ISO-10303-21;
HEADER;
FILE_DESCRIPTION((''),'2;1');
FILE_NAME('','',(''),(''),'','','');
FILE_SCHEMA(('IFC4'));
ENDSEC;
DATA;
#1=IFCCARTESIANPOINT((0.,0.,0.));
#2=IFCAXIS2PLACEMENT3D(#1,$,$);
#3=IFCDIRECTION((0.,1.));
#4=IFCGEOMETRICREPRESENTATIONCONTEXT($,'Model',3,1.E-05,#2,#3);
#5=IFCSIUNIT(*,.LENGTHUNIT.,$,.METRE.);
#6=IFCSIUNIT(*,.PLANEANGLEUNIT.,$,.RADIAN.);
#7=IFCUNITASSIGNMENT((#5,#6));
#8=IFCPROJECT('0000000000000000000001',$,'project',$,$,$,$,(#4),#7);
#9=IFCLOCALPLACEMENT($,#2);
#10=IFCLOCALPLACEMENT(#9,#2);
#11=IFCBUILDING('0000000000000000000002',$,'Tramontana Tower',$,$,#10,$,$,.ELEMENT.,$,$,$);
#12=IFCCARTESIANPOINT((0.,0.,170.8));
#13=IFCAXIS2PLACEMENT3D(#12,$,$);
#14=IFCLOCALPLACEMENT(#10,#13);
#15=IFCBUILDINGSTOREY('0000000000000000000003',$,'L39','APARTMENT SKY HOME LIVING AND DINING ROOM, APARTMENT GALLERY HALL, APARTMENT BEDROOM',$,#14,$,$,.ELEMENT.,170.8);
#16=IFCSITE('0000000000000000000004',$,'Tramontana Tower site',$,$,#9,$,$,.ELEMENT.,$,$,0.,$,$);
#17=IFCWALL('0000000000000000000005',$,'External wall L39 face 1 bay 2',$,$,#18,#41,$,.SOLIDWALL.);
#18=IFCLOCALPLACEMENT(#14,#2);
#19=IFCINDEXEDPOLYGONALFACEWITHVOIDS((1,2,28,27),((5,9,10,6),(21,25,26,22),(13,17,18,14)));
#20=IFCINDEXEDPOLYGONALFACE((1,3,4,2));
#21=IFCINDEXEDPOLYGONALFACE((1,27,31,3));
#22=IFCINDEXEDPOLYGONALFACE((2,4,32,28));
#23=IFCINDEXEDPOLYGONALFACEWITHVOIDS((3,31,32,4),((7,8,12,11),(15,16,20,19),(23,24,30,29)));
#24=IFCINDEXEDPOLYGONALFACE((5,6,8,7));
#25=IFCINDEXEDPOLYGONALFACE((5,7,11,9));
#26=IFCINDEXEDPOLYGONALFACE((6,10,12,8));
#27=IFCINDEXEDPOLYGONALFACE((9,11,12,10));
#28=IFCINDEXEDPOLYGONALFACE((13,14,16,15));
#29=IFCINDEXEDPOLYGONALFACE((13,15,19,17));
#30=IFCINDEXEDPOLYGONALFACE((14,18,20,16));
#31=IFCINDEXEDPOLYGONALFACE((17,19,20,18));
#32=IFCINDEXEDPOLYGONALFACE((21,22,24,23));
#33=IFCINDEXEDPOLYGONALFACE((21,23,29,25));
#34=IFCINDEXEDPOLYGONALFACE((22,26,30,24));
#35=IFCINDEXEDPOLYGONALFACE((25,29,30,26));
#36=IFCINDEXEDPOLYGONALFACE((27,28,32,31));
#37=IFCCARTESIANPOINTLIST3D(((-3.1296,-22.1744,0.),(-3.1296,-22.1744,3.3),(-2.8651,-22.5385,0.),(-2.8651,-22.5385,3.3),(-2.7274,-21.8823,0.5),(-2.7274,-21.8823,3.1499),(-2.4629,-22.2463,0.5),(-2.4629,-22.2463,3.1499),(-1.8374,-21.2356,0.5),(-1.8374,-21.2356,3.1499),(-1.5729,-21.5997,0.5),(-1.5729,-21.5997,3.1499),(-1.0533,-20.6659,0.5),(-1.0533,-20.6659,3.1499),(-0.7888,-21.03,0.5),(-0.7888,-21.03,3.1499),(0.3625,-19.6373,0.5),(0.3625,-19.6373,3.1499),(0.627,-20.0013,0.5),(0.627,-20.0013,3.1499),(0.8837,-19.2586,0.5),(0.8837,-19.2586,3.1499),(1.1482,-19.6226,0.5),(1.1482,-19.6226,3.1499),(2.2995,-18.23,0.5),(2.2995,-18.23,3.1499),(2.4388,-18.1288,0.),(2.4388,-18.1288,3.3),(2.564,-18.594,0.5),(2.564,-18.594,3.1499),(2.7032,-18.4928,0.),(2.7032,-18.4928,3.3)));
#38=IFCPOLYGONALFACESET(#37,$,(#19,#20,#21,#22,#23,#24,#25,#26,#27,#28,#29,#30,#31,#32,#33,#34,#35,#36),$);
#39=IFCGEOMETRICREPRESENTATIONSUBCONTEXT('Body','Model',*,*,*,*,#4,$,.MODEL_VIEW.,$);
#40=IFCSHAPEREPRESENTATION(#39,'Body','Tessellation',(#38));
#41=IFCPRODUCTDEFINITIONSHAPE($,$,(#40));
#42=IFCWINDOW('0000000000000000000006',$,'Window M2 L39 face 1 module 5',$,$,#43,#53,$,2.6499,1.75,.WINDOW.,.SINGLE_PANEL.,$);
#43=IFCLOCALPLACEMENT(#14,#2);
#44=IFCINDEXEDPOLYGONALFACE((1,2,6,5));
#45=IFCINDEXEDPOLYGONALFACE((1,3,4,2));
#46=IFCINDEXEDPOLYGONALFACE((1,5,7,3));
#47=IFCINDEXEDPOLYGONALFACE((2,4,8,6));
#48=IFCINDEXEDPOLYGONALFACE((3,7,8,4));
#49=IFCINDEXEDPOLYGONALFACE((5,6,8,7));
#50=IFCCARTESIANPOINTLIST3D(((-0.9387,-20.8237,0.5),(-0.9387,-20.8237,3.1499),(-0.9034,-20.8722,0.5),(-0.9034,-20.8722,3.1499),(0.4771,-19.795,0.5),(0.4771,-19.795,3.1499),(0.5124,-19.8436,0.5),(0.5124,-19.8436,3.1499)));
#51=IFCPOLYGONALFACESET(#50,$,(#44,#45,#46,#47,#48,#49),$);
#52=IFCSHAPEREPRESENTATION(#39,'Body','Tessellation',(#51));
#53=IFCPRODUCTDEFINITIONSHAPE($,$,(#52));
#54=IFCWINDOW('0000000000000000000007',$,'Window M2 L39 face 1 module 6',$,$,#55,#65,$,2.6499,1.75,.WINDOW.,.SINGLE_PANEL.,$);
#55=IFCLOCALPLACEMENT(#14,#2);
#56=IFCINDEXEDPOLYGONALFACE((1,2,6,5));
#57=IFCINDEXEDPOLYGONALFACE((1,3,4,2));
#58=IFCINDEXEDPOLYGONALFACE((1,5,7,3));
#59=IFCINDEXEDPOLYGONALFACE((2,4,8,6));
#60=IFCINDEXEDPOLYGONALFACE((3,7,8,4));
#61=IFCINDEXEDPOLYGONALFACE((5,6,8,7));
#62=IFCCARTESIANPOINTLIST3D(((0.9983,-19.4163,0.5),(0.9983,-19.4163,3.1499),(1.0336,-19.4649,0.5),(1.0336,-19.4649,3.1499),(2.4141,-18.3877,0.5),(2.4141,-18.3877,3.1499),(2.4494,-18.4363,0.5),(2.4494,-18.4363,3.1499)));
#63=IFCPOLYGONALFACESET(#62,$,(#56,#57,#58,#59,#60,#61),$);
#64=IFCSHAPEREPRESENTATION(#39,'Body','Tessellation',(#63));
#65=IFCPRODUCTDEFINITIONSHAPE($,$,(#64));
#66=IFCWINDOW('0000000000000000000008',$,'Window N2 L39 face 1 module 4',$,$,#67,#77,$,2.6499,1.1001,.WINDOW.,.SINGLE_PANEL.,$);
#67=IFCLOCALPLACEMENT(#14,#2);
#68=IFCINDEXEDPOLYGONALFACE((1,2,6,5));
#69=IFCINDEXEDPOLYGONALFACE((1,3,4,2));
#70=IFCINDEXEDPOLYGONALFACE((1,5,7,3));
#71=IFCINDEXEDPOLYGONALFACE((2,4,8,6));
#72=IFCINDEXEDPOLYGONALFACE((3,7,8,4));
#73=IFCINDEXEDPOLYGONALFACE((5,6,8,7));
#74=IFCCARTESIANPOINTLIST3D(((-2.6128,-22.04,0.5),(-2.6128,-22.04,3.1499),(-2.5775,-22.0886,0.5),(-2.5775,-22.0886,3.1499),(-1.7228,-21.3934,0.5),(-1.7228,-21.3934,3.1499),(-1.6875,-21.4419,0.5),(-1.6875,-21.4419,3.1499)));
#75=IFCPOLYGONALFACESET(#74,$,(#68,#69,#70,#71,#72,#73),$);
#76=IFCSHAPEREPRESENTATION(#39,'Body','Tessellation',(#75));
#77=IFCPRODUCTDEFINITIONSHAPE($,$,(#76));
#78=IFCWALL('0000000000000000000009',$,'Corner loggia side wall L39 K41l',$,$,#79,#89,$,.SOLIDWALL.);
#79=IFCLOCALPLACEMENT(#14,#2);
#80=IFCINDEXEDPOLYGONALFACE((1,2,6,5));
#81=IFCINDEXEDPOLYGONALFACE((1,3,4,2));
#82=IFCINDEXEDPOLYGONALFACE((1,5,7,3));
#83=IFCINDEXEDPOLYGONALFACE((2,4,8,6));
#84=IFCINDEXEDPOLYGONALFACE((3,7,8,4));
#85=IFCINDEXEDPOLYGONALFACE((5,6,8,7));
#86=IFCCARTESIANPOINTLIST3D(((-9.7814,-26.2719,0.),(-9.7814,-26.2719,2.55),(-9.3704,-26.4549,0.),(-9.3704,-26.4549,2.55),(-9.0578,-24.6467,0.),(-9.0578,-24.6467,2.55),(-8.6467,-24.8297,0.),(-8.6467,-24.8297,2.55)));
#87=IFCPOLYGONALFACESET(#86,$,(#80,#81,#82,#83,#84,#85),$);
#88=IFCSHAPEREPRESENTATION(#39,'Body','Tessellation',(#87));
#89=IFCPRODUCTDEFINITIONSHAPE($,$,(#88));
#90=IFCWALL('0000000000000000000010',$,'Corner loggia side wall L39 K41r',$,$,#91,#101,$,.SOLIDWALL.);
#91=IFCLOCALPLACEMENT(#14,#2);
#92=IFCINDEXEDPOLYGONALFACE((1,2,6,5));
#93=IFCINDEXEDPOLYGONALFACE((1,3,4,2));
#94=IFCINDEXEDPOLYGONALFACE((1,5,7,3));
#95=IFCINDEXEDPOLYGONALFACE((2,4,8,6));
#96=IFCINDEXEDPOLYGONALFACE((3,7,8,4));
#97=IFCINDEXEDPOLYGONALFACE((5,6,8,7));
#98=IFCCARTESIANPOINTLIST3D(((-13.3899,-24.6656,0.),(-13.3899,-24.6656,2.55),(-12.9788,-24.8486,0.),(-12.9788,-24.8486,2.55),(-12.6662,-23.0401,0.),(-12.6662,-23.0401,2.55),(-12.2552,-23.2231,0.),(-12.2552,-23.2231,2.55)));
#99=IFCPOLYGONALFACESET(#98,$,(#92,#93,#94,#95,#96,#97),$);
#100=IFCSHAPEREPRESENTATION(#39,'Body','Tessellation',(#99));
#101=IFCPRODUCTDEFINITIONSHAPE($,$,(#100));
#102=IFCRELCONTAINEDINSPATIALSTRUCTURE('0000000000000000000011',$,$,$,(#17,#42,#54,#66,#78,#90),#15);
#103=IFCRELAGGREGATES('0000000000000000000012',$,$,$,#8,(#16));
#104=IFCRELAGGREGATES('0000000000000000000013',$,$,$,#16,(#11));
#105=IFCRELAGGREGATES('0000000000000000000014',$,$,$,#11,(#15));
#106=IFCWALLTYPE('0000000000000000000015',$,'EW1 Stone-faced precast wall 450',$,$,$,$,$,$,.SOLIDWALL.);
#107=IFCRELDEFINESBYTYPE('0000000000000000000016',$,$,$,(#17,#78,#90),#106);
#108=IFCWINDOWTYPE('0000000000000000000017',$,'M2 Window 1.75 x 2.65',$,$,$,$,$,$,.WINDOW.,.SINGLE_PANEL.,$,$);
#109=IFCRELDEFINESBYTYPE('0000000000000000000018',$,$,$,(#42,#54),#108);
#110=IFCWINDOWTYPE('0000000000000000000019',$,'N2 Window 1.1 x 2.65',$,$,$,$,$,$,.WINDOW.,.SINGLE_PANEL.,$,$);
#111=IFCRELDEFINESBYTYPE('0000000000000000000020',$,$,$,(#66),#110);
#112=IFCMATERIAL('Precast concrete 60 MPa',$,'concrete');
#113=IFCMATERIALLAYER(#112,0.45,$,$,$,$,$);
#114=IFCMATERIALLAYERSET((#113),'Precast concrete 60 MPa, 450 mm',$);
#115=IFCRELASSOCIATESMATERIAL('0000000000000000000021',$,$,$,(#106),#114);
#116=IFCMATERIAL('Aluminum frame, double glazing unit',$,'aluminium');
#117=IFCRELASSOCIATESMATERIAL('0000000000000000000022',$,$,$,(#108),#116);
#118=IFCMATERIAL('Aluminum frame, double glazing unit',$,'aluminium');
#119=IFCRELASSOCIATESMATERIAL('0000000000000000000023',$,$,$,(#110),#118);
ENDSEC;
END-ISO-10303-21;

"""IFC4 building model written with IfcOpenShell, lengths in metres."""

from ifc_helpers import new_model, si_unit, direction, frame, frame_2d, origin, place, context, subcontext, project, spatial, rectangle, extrude, material, layer, layer_set, type_object, element, fill, save


model = new_model("IFC4")

# Units and contexts
model_context = context("Model", 3, precision=1e-05, world=origin(), true_north=direction((0.0, 1.0)))
body_context = subcontext(model_context, "Body", "Model", "MODEL_VIEW")
ifc_project = project(units=[si_unit("LENGTHUNIT", "METRE"), si_unit("PLANEANGLEUNIT", "RADIAN")], contexts=[model_context])

# Site, building, storey
site_placement = place(None, origin())
site = spatial("IfcSite", under=ifc_project, at=site_placement, Name="Tramontana Tower site", CompositionType="ELEMENT", RefElevation=0.0)
building_placement = place(site_placement, origin())
building = spatial("IfcBuilding", under=site, at=building_placement, Name="Tramontana Tower", CompositionType="ELEMENT")
storey_placement = place(building_placement, frame((0.0, 0.0, 170.8)))
storey = spatial("IfcBuildingStorey", under=building, at=storey_placement, Name="L39", Description="APARTMENT SKY HOME LIVING AND DINING ROOM, APARTMENT GALLERY HALL, APARTMENT BEDROOM", CompositionType="ELEMENT", Elevation=170.8)

# Wall, openings, windows
ifc_material_1 = material(Name="Precast concrete 60 MPa", Category="concrete")
ifc_layer_1 = layer(ifc_material_1, 0.45)
ifc_layer_set_1 = layer_set([ifc_layer_1], Name="Precast concrete 60 MPa, 450 mm")
wall_type_1 = type_object("IfcWallType", Name="EW1 Stone-faced precast wall 450", PredefinedType="SOLIDWALL", material=ifc_layer_set_1)
ifc_material_2 = material(Name="Aluminum frame, double glazing unit", Category="aluminium")
window_type_1 = type_object("IfcWindowType", Name="M2 Window 1.75 x 2.65", PartitioningType="SINGLE_PANEL", PredefinedType="WINDOW", material=ifc_material_2)
wall_1_placement = place(storey_placement, frame((-2.9973, -22.3564, 0.0), z_axis=(0.0, 0.0, 1.0), x_axis=(0.809017, 0.587786, 0.0)))
wall_1 = element("IfcWall", 1, at=wall_1_placement, inside=storey, type_object=wall_type_1, Name="External wall L39 face 1 bay 2", PredefinedType="SOLIDWALL", context=body_context, shape_type="SweptSolid", body=[
    extrude(rectangle(XDim=6.8828, YDim=0.45, at=frame_2d((3.4414, 0.0))), origin(), (0.0, 0.0, 1.0), 3.3),
])
opening_1_placement = place(wall_1_placement, frame((0.4971, 0.0, 0.5)))
opening_1 = element("IfcOpeningElement", 2, at=opening_1_placement, cuts=wall_1, PredefinedType="OPENING", context=body_context, shape_type="SweptSolid", body=[
    extrude(rectangle(XDim=1.1001, YDim=2.6499, at=frame_2d((0.55, 1.325))), frame((0.0, 0.2349, 0.0), z_axis=(0.0, -1.0, 0.0), x_axis=(1.0, 0.0, 0.0)), (0.0, 0.0, 1.0), 0.47),
])
opening_2_placement = place(wall_1_placement, frame((2.5664, 0.0, 0.5)))
opening_2 = element("IfcOpeningElement", 3, at=opening_2_placement, cuts=wall_1, PredefinedType="OPENING", context=body_context, shape_type="SweptSolid", body=[
    extrude(rectangle(XDim=1.75, YDim=2.6499, at=frame_2d((0.875, 1.325))), frame((0.0, 0.2349, 0.0), z_axis=(0.0, -1.0, 0.0), x_axis=(1.0, 0.0, 0.0)), (0.0, 0.0, 1.0), 0.47),
])
opening_3_placement = place(wall_1_placement, frame((4.9607, 0.0, 0.5)))
opening_3 = element("IfcOpeningElement", 4, at=opening_3_placement, cuts=wall_1, PredefinedType="OPENING", context=body_context, shape_type="SweptSolid", body=[
    extrude(rectangle(XDim=1.75, YDim=2.6499, at=frame_2d((0.875, 1.325))), frame((0.0, 0.2349, 0.0), z_axis=(0.0, -1.0, 0.0), x_axis=(1.0, 0.0, 0.0)), (0.0, 0.0, 1.0), 0.47),
])
window_1_placement = place(opening_2_placement, origin())
window_1 = element("IfcWindow", 5, at=window_1_placement, inside=storey, type_object=window_type_1, Name="Window M2 L39 face 1 module 5", OverallHeight=2.6499, OverallWidth=1.75, PartitioningType="SINGLE_PANEL", PredefinedType="WINDOW", context=body_context, shape_type="SweptSolid", body=[
    extrude(rectangle(XDim=1.75, YDim=2.6499, at=frame_2d((0.875, 1.325))), frame((0.0, 0.03, 0.0), z_axis=(0.0, -1.0, 0.0), x_axis=(1.0, 0.0, 0.0)), (0.0, 0.0, 1.0), 0.0601),
])
fill(opening_2, window_1)
window_2_placement = place(opening_3_placement, origin())
window_2 = element("IfcWindow", 6, at=window_2_placement, inside=storey, type_object=window_type_1, Name="Window M2 L39 face 1 module 6", OverallHeight=2.6499, OverallWidth=1.75, PartitioningType="SINGLE_PANEL", PredefinedType="WINDOW", context=body_context, shape_type="SweptSolid", body=[
    extrude(rectangle(XDim=1.75, YDim=2.6499, at=frame_2d((0.875, 1.325))), frame((0.0, 0.03, 0.0), z_axis=(0.0, -1.0, 0.0), x_axis=(1.0, 0.0, 0.0)), (0.0, 0.0, 1.0), 0.0601),
])
fill(opening_3, window_2)
ifc_material_3 = material(Name="Aluminum frame, double glazing unit", Category="aluminium")
window_type_2 = type_object("IfcWindowType", Name="N2 Window 1.1 x 2.65", PartitioningType="SINGLE_PANEL", PredefinedType="WINDOW", material=ifc_material_3)
window_3_placement = place(opening_1_placement, origin())
window_3 = element("IfcWindow", 7, at=window_3_placement, inside=storey, type_object=window_type_2, Name="Window N2 L39 face 1 module 4", OverallHeight=2.6499, OverallWidth=1.1001, PartitioningType="SINGLE_PANEL", PredefinedType="WINDOW", context=body_context, shape_type="SweptSolid", body=[
    extrude(rectangle(XDim=1.1001, YDim=2.6499, at=frame_2d((0.55, 1.325))), frame((0.0, 0.03, 0.0), z_axis=(0.0, -1.0, 0.0), x_axis=(1.0, 0.0, 0.0)), (0.0, 0.0, 1.0), 0.0601),
])
fill(opening_1, window_3)

# Walls
wall_2_placement = place(storey_placement, frame((-9.5759, -26.3635, 0.0), z_axis=(0.0, 0.0, 1.0), x_axis=(0.40675, 0.91354, 0.0)))
element("IfcWall", 8, at=wall_2_placement, inside=storey, type_object=wall_type_1, Name="Corner loggia side wall L39 K41l", PredefinedType="SOLIDWALL", context=body_context, shape_type="SweptSolid", body=[
    extrude(rectangle(XDim=1.7791, YDim=0.45, at=frame_2d((0.8896, 0.0))), origin(), (0.0, 0.0, 1.0), 2.55),
])
wall_3_placement = place(storey_placement, frame((-13.1843, -24.7571, 0.0), z_axis=(0.0, 0.0, 1.0), x_axis=(0.406699, 0.913562, 0.0)))
element("IfcWall", 9, at=wall_3_placement, inside=storey, type_object=wall_type_1, Name="Corner loggia side wall L39 K41r", PredefinedType="SOLIDWALL", context=body_context, shape_type="SweptSolid", body=[
    extrude(rectangle(XDim=1.7793, YDim=0.45, at=frame_2d((0.8896, 0.0))), origin(), (0.0, 0.0, 1.0), 2.55),
])

save(model, "model.ifc")
